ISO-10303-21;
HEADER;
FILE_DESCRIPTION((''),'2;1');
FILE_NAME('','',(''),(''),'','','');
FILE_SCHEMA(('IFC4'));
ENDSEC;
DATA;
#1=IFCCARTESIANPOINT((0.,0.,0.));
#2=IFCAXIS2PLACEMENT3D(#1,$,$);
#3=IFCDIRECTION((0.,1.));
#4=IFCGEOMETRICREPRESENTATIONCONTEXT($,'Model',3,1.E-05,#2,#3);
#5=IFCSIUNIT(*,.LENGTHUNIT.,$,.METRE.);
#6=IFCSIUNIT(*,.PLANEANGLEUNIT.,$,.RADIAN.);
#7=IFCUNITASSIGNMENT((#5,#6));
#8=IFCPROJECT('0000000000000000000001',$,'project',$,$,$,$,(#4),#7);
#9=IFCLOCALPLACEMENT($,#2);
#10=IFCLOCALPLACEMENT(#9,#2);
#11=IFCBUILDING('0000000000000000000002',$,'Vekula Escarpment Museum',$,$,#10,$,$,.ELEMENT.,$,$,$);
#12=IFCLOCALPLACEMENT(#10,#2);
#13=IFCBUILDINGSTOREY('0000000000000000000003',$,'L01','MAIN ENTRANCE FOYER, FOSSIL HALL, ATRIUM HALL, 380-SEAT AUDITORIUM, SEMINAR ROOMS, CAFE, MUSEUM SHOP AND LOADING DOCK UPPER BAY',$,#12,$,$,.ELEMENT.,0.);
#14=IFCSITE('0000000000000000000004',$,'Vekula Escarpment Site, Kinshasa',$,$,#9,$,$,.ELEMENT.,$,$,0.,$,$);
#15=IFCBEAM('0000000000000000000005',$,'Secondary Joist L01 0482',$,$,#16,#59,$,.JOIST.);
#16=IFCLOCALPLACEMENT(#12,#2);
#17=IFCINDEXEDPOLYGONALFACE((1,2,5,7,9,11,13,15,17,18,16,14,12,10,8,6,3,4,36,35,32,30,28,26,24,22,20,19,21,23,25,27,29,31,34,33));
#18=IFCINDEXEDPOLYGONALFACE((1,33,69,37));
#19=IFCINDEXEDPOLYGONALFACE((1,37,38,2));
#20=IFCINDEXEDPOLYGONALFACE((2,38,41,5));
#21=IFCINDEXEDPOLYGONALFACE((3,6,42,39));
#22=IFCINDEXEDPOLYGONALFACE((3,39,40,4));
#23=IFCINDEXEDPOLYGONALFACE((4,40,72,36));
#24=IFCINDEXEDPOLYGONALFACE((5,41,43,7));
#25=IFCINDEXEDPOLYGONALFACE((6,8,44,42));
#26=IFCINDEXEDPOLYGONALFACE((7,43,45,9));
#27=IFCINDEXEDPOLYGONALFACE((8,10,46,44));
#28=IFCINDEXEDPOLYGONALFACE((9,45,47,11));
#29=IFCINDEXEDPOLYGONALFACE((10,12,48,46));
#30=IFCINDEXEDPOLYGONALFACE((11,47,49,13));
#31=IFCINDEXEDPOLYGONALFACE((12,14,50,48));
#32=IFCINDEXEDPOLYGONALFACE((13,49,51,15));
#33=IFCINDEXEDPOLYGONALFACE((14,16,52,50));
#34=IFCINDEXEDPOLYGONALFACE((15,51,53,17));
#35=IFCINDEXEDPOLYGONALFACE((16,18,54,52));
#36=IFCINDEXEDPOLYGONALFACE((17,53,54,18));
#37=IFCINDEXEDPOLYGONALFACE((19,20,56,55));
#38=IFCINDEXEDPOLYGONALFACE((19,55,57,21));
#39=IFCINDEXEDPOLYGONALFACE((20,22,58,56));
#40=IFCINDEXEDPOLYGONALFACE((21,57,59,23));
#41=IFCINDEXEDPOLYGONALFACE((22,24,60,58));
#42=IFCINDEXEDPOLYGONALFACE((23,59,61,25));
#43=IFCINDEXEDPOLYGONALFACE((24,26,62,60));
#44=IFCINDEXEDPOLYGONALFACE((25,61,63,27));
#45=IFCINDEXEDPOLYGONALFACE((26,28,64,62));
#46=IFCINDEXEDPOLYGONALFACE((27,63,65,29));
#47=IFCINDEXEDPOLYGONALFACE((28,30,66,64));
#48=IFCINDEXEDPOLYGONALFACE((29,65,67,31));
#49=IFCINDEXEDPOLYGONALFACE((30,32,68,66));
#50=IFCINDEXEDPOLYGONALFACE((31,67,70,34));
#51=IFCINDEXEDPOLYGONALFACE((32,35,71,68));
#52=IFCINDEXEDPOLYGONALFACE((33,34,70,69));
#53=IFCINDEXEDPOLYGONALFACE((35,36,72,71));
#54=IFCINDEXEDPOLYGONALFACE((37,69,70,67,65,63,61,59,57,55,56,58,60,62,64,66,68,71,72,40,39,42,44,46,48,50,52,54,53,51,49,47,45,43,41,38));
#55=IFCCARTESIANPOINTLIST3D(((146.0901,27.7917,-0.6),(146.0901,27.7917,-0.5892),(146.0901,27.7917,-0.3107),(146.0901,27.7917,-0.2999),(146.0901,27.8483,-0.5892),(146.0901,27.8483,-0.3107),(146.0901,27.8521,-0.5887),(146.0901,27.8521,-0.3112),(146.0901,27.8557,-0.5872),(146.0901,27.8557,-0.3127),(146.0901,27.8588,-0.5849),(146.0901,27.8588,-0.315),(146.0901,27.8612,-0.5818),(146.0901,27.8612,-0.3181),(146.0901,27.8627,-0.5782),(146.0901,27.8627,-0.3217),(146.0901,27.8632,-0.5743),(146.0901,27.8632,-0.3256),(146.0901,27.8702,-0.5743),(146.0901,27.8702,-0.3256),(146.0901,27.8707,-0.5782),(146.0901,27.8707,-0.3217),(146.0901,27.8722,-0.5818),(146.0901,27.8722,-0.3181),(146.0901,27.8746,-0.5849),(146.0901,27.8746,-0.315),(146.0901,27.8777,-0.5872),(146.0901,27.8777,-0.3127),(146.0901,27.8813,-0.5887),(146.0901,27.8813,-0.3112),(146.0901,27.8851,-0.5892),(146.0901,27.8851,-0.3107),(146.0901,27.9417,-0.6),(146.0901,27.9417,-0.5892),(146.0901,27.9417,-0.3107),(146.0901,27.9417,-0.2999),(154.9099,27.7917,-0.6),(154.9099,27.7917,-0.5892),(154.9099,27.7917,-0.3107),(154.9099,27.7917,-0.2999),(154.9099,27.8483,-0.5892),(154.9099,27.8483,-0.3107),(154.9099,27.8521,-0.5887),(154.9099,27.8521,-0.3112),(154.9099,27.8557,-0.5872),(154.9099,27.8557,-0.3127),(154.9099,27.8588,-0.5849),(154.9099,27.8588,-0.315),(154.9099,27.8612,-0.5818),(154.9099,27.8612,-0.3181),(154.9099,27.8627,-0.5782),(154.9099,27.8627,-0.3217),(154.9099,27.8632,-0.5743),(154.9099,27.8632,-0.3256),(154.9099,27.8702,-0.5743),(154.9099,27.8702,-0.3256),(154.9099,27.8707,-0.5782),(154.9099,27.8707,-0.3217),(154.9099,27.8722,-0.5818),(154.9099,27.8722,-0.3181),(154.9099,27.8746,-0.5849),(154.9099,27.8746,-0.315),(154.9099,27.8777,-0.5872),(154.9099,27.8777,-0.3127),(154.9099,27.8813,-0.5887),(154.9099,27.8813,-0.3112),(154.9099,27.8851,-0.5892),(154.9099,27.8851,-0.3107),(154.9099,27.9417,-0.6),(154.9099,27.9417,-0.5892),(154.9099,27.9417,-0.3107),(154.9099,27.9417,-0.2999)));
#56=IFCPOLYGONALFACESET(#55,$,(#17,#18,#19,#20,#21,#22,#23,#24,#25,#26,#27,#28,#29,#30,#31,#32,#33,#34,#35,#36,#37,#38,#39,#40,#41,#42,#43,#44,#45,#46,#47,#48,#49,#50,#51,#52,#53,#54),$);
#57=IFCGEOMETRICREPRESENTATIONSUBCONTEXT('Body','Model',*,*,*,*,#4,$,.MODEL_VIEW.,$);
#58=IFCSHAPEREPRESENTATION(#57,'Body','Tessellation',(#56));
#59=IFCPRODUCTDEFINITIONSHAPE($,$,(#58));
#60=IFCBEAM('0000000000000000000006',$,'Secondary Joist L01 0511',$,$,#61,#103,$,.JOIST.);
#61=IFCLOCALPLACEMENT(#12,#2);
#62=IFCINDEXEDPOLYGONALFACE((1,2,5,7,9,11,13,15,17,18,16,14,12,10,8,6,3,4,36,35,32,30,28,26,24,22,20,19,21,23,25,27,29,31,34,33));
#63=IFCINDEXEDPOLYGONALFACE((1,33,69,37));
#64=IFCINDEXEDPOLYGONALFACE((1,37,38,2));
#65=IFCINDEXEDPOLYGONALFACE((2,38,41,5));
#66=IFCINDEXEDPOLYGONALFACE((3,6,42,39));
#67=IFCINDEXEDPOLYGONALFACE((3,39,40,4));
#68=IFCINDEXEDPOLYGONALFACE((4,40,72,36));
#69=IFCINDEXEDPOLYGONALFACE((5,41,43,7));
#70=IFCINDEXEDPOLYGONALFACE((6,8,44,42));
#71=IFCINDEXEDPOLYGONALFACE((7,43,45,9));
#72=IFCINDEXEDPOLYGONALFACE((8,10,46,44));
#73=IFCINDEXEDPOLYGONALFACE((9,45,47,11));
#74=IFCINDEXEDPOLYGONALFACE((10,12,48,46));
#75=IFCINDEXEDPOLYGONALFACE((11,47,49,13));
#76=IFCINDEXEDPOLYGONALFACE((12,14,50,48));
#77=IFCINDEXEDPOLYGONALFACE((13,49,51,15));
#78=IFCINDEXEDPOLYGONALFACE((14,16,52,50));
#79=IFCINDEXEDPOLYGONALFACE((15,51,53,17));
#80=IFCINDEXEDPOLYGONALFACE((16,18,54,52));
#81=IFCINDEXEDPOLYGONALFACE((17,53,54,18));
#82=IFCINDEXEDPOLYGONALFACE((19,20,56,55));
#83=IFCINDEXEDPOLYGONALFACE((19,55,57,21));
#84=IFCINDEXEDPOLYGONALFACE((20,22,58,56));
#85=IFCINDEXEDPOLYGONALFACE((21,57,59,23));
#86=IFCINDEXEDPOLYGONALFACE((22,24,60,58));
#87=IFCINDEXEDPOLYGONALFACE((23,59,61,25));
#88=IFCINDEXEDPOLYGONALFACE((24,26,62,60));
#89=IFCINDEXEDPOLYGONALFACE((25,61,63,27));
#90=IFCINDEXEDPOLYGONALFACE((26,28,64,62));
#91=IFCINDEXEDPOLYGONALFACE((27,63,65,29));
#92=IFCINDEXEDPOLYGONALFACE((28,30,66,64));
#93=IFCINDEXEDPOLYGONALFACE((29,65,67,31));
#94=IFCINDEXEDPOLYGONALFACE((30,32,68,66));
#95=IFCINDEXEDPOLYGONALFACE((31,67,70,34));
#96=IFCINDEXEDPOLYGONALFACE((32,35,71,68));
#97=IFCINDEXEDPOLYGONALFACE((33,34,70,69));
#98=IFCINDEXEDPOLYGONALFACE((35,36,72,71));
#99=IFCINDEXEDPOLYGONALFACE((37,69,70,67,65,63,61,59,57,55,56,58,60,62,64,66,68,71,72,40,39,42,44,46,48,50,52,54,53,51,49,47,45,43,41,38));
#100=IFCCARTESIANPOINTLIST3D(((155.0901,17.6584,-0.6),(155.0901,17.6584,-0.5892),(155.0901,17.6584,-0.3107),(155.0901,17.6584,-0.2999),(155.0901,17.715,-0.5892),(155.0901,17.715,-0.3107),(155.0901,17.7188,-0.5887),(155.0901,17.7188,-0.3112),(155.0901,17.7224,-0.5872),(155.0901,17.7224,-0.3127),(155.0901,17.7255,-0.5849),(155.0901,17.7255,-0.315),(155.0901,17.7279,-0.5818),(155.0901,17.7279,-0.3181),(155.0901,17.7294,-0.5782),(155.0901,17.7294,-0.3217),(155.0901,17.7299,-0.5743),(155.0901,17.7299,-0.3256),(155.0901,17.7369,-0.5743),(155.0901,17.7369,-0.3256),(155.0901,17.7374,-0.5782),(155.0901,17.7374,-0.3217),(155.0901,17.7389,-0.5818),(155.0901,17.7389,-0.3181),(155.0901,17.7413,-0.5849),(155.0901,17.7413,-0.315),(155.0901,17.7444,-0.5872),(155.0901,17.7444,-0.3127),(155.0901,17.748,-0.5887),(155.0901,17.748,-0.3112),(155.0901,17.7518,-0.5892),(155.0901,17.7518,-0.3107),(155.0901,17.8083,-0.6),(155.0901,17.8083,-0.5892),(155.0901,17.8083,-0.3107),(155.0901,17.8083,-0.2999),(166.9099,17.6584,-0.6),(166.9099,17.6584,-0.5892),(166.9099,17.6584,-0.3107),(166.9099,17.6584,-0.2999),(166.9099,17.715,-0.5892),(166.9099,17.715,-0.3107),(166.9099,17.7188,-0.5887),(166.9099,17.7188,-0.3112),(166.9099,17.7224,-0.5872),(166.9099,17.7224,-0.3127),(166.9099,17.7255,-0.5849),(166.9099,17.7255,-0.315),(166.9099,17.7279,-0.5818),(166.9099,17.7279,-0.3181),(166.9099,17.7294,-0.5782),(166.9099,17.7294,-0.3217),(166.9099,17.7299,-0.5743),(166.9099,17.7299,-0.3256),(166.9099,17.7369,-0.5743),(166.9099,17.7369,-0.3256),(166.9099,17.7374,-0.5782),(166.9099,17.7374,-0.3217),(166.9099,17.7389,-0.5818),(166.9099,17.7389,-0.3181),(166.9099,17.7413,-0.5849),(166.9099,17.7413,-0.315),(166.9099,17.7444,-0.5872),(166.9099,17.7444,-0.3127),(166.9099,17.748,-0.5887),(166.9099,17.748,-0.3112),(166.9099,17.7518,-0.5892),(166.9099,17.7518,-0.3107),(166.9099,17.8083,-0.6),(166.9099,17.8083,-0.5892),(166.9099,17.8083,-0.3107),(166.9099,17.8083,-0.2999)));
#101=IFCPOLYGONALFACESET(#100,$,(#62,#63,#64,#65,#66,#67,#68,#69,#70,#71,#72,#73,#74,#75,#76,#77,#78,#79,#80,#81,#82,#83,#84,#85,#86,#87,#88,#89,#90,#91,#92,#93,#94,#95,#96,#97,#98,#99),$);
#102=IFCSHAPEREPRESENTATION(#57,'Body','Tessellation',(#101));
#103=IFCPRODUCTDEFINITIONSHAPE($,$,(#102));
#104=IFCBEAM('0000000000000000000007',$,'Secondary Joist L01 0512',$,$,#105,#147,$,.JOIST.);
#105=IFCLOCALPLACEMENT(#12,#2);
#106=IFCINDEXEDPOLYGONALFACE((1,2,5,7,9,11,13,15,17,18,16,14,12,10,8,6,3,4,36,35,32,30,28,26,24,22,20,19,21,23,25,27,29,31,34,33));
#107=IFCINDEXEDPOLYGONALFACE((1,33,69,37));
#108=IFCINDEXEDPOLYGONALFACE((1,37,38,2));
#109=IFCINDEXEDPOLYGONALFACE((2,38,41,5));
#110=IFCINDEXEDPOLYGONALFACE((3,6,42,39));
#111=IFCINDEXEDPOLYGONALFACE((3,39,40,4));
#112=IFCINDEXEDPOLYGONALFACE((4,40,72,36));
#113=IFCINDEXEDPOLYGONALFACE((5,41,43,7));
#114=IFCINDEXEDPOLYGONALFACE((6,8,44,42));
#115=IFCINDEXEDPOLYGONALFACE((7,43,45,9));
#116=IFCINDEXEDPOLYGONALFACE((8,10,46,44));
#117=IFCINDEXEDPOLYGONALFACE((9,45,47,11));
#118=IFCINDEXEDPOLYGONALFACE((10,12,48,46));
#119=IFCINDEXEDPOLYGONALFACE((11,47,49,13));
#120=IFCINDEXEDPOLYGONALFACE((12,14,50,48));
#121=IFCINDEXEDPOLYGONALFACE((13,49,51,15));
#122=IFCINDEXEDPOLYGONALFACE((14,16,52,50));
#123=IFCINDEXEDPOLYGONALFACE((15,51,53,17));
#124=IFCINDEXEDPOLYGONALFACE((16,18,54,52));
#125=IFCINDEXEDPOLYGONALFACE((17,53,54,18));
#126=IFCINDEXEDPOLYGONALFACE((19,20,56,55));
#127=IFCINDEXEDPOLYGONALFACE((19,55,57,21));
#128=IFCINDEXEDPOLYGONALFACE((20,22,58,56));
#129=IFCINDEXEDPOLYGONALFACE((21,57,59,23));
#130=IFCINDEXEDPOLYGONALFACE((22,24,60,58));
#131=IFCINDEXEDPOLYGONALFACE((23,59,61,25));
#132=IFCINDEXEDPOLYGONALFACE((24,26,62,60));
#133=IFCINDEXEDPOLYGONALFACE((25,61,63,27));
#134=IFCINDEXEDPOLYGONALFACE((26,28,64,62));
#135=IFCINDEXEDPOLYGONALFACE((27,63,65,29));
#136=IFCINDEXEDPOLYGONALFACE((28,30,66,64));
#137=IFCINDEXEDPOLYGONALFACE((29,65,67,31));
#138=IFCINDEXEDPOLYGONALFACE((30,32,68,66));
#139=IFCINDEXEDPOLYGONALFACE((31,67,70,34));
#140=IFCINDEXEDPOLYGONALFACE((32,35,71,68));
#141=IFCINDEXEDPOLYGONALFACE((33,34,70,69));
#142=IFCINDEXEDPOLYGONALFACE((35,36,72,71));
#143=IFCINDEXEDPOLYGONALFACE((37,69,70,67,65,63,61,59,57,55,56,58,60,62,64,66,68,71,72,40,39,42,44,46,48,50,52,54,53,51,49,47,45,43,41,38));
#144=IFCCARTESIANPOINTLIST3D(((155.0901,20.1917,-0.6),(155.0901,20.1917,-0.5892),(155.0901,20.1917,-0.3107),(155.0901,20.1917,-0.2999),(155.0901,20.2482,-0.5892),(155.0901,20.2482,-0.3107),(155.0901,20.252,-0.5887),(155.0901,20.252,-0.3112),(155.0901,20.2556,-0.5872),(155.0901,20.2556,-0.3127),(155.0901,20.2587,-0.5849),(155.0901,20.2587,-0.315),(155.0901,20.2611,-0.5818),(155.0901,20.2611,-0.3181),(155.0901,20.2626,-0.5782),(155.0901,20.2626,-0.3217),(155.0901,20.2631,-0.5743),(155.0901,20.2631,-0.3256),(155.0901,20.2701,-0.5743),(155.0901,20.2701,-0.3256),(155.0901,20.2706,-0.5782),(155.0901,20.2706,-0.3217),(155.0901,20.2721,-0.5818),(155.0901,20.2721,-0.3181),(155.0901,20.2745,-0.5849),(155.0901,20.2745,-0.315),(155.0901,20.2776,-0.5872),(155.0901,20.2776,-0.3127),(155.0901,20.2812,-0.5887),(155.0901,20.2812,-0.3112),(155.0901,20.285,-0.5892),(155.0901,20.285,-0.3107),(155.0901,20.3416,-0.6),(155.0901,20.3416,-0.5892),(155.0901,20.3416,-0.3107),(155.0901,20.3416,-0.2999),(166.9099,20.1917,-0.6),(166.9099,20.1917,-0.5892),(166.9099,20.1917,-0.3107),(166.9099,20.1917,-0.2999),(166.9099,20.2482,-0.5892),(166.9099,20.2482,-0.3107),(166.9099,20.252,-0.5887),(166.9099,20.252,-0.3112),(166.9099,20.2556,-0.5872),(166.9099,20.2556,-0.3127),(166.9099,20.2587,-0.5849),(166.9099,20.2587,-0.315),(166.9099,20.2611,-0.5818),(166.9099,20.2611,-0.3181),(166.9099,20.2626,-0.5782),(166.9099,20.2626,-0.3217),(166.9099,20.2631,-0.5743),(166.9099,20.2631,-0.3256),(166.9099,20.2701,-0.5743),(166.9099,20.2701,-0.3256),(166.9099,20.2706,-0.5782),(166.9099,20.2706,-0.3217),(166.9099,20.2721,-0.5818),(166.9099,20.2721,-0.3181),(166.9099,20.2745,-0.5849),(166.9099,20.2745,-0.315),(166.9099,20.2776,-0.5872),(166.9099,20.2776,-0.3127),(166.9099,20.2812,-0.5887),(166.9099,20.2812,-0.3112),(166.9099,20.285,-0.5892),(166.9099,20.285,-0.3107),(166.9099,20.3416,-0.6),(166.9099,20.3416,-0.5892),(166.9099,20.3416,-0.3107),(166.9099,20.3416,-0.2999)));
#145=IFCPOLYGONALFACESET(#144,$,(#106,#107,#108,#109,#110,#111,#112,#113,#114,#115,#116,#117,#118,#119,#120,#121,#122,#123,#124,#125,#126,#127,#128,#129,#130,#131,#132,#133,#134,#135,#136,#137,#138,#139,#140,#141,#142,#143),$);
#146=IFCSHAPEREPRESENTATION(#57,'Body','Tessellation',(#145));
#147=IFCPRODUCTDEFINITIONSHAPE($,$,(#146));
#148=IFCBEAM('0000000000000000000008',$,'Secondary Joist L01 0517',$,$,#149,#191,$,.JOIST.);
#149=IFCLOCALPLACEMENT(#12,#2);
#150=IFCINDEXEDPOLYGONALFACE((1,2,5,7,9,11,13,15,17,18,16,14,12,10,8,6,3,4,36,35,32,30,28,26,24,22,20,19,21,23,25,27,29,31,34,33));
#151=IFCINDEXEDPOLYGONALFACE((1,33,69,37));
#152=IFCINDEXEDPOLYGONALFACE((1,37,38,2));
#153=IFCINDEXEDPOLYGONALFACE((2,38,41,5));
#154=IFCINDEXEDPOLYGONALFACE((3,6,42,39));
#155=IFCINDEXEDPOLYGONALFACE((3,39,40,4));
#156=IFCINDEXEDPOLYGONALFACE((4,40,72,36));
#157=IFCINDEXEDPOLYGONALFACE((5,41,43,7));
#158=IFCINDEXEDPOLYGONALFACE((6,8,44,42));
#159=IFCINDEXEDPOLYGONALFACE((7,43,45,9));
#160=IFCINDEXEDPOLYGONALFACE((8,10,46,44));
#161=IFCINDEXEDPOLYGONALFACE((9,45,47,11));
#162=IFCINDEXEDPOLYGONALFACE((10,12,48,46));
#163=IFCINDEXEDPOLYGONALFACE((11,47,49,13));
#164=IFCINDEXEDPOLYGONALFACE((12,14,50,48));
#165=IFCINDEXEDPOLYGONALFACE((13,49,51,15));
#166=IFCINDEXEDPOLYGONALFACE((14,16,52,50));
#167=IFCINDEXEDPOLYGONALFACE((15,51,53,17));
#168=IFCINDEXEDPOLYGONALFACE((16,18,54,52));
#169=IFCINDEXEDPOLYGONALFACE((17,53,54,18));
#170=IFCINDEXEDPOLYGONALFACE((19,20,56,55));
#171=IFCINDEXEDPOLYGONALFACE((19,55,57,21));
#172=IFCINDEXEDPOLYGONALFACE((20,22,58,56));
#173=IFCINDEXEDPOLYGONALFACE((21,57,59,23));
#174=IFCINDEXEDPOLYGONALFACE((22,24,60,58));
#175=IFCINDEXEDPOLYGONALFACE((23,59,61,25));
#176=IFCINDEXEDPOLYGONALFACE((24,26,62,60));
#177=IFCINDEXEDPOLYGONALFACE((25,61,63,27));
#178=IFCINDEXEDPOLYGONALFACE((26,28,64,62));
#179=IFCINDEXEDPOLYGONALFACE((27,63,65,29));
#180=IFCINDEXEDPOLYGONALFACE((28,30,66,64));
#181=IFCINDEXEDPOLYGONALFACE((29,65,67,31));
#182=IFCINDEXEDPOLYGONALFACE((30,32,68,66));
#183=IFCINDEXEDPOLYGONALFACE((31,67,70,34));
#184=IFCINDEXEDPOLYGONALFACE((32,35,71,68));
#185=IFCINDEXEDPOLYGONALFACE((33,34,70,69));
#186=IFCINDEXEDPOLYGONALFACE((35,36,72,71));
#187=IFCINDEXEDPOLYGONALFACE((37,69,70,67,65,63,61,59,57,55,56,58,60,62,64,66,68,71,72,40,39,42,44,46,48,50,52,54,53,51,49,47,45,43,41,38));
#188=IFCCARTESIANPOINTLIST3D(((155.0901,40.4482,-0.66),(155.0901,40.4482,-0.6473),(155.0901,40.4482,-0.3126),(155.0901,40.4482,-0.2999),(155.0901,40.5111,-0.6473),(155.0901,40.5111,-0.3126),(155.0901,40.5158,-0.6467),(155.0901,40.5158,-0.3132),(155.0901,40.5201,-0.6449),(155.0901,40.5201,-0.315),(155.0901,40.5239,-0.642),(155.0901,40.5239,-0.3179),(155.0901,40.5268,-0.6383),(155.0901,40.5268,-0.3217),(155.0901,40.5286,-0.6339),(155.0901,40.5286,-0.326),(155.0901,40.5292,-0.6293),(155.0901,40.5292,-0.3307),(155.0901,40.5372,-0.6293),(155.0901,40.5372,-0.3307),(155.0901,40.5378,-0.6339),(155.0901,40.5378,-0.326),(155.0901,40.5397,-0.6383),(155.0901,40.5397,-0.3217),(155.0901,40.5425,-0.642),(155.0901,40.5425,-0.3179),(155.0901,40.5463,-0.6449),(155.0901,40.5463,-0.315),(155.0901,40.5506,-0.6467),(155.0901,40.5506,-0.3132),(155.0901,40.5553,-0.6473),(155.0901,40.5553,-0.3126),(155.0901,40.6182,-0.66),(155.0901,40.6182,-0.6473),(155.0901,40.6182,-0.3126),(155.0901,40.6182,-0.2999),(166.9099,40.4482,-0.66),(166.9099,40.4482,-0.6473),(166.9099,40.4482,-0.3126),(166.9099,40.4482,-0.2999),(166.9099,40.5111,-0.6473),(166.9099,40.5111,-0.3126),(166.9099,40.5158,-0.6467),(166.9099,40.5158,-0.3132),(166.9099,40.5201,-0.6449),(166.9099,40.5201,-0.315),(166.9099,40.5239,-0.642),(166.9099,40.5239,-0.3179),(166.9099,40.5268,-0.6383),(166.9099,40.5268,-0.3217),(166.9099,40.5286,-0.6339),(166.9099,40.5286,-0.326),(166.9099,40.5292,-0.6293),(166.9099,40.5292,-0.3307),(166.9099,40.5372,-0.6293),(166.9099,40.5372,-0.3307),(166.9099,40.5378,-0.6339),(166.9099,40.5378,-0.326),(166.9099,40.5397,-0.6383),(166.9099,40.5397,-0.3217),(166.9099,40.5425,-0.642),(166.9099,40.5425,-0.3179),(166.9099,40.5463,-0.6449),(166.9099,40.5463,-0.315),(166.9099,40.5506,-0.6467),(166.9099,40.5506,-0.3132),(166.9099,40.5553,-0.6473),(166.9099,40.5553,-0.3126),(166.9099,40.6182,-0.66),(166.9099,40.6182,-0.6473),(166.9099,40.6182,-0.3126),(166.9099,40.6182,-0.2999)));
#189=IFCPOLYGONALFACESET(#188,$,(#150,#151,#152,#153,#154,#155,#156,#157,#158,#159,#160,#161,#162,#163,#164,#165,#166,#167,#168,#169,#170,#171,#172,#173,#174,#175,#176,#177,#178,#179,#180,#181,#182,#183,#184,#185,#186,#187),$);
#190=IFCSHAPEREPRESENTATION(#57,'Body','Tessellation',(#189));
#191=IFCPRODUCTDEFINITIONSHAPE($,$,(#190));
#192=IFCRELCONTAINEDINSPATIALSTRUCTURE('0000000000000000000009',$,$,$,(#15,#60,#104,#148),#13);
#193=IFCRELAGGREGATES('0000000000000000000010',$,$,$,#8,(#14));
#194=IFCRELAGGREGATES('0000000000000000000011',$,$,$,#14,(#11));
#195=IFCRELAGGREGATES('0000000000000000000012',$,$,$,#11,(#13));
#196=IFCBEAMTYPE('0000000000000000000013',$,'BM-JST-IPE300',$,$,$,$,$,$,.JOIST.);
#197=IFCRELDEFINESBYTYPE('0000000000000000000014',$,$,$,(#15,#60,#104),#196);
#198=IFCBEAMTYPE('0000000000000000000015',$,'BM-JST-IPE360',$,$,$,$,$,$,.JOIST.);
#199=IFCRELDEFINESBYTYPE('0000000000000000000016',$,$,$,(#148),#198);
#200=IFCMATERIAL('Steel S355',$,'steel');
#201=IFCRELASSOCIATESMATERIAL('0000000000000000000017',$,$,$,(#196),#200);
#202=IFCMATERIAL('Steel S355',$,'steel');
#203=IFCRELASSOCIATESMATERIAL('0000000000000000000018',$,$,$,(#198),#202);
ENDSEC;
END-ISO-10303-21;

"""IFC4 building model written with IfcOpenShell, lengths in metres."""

from ifc_helpers import new_model, si_unit, direction, frame, origin, origin_2d, place, context, subcontext, project, spatial, i_section, extrude, material, material_profile, profile_set, type_object, element, save


model = new_model("IFC4")

# Units and contexts
model_context = context("Model", 3, precision=1e-05, world=origin(), true_north=direction((0.0, 1.0)))
body_context = subcontext(model_context, "Body", "Model", "MODEL_VIEW")
ifc_project = project(units=[si_unit("LENGTHUNIT", "METRE"), si_unit("PLANEANGLEUNIT", "RADIAN")], contexts=[model_context])

# Site, building, storey
site_placement = place(None, origin())
site = spatial("IfcSite", under=ifc_project, at=site_placement, Name="Vekula Escarpment Site, Kinshasa", CompositionType="ELEMENT", RefElevation=0.0)
building_placement = place(site_placement, origin())
building = spatial("IfcBuilding", under=site, at=building_placement, Name="Vekula Escarpment Museum", CompositionType="ELEMENT")
storey_placement = place(building_placement, origin())
storey = spatial("IfcBuildingStorey", under=building, at=storey_placement, Name="L01", Description="MAIN ENTRANCE FOYER, FOSSIL HALL, ATRIUM HALL, 380-SEAT AUDITORIUM, SEMINAR ROOMS, CAFE, MUSEUM SHOP AND LOADING DOCK UPPER BAY", CompositionType="ELEMENT", Elevation=0.0)

# Beams
ifc_material_1 = material(Name="Steel S355", Category="steel")
ifc_material_profile_1 = material_profile(ifc_material_1, i_section(OverallWidth=0.1499, OverallDepth=0.3, WebThickness=0.0071, FlangeThickness=0.0107, FilletRadius=0.0149, at=origin_2d()), Name="IPE 300")
ifc_profile_set_1 = profile_set([ifc_material_profile_1], Name="Steel S355")
beam_type_1 = type_object("IfcBeamType", Name="BM-JST-IPE300", PredefinedType="JOIST", material=ifc_profile_set_1)
beam_1_placement = place(storey_placement, frame((146.0901, 27.8667, -0.45), z_axis=(1.0, 0.0, 0.0), x_axis=(0.0, 1.0, 0.0)))
element("IfcBeam", 1, at=beam_1_placement, inside=storey, type_object=beam_type_1, Name="Secondary Joist L01 0482", PredefinedType="JOIST", context=body_context, shape_type="SweptSolid", body=[
    extrude(i_section(OverallWidth=0.1499, OverallDepth=0.3, WebThickness=0.0071, FlangeThickness=0.0107, FilletRadius=0.0149, at=origin_2d()), origin(), (0.0, 0.0, 1.0), 8.8198),
])
for number, where, z_axis, x_axis, name in (
    (2, (155.0901, 17.7334, -0.45), (1.0, 0.0, 0.0), (0.0, 1.0, 0.0), "Secondary Joist L01 0511"),
    (3, (155.0901, 20.2666, -0.45), (1.0, 0.0, 0.0), (0.0, 1.0, 0.0), "Secondary Joist L01 0512"),
):
    element("IfcBeam", number, at=place(storey_placement, frame(where, z_axis=z_axis, x_axis=x_axis)), inside=storey, type_object=beam_type_1, Name=name, PredefinedType="JOIST", context=body_context, shape_type="SweptSolid", body=[
        extrude(i_section(OverallWidth=0.1499, OverallDepth=0.3, WebThickness=0.0071, FlangeThickness=0.0107, FilletRadius=0.0149, at=origin_2d()), origin(), (0.0, 0.0, 1.0), 11.8198),
    ])
ifc_material_2 = material(Name="Steel S355", Category="steel")
ifc_material_profile_2 = material_profile(ifc_material_2, i_section(OverallWidth=0.1699, OverallDepth=0.3601, WebThickness=0.0081, FlangeThickness=0.0127, FilletRadius=0.0181, at=origin_2d()), Name="IPE 360")
ifc_profile_set_2 = profile_set([ifc_material_profile_2], Name="Steel S355")
beam_type_2 = type_object("IfcBeamType", Name="BM-JST-IPE360", PredefinedType="JOIST", material=ifc_profile_set_2)
for number, where, z_axis, x_axis, name in (
    (4, (155.0901, 40.5332, -0.48), (1.0, 0.0, 0.0), (0.0, 1.0, 0.0), "Secondary Joist L01 0517"),
):
    element("IfcBeam", number, at=place(storey_placement, frame(where, z_axis=z_axis, x_axis=x_axis)), inside=storey, type_object=beam_type_2, Name=name, PredefinedType="JOIST", context=body_context, shape_type="SweptSolid", body=[
        extrude(i_section(OverallWidth=0.1699, OverallDepth=0.3601, WebThickness=0.0081, FlangeThickness=0.0127, FilletRadius=0.0181, at=origin_2d()), origin(), (0.0, 0.0, 1.0), 11.8198),
    ])

save(model, "model.ifc")
